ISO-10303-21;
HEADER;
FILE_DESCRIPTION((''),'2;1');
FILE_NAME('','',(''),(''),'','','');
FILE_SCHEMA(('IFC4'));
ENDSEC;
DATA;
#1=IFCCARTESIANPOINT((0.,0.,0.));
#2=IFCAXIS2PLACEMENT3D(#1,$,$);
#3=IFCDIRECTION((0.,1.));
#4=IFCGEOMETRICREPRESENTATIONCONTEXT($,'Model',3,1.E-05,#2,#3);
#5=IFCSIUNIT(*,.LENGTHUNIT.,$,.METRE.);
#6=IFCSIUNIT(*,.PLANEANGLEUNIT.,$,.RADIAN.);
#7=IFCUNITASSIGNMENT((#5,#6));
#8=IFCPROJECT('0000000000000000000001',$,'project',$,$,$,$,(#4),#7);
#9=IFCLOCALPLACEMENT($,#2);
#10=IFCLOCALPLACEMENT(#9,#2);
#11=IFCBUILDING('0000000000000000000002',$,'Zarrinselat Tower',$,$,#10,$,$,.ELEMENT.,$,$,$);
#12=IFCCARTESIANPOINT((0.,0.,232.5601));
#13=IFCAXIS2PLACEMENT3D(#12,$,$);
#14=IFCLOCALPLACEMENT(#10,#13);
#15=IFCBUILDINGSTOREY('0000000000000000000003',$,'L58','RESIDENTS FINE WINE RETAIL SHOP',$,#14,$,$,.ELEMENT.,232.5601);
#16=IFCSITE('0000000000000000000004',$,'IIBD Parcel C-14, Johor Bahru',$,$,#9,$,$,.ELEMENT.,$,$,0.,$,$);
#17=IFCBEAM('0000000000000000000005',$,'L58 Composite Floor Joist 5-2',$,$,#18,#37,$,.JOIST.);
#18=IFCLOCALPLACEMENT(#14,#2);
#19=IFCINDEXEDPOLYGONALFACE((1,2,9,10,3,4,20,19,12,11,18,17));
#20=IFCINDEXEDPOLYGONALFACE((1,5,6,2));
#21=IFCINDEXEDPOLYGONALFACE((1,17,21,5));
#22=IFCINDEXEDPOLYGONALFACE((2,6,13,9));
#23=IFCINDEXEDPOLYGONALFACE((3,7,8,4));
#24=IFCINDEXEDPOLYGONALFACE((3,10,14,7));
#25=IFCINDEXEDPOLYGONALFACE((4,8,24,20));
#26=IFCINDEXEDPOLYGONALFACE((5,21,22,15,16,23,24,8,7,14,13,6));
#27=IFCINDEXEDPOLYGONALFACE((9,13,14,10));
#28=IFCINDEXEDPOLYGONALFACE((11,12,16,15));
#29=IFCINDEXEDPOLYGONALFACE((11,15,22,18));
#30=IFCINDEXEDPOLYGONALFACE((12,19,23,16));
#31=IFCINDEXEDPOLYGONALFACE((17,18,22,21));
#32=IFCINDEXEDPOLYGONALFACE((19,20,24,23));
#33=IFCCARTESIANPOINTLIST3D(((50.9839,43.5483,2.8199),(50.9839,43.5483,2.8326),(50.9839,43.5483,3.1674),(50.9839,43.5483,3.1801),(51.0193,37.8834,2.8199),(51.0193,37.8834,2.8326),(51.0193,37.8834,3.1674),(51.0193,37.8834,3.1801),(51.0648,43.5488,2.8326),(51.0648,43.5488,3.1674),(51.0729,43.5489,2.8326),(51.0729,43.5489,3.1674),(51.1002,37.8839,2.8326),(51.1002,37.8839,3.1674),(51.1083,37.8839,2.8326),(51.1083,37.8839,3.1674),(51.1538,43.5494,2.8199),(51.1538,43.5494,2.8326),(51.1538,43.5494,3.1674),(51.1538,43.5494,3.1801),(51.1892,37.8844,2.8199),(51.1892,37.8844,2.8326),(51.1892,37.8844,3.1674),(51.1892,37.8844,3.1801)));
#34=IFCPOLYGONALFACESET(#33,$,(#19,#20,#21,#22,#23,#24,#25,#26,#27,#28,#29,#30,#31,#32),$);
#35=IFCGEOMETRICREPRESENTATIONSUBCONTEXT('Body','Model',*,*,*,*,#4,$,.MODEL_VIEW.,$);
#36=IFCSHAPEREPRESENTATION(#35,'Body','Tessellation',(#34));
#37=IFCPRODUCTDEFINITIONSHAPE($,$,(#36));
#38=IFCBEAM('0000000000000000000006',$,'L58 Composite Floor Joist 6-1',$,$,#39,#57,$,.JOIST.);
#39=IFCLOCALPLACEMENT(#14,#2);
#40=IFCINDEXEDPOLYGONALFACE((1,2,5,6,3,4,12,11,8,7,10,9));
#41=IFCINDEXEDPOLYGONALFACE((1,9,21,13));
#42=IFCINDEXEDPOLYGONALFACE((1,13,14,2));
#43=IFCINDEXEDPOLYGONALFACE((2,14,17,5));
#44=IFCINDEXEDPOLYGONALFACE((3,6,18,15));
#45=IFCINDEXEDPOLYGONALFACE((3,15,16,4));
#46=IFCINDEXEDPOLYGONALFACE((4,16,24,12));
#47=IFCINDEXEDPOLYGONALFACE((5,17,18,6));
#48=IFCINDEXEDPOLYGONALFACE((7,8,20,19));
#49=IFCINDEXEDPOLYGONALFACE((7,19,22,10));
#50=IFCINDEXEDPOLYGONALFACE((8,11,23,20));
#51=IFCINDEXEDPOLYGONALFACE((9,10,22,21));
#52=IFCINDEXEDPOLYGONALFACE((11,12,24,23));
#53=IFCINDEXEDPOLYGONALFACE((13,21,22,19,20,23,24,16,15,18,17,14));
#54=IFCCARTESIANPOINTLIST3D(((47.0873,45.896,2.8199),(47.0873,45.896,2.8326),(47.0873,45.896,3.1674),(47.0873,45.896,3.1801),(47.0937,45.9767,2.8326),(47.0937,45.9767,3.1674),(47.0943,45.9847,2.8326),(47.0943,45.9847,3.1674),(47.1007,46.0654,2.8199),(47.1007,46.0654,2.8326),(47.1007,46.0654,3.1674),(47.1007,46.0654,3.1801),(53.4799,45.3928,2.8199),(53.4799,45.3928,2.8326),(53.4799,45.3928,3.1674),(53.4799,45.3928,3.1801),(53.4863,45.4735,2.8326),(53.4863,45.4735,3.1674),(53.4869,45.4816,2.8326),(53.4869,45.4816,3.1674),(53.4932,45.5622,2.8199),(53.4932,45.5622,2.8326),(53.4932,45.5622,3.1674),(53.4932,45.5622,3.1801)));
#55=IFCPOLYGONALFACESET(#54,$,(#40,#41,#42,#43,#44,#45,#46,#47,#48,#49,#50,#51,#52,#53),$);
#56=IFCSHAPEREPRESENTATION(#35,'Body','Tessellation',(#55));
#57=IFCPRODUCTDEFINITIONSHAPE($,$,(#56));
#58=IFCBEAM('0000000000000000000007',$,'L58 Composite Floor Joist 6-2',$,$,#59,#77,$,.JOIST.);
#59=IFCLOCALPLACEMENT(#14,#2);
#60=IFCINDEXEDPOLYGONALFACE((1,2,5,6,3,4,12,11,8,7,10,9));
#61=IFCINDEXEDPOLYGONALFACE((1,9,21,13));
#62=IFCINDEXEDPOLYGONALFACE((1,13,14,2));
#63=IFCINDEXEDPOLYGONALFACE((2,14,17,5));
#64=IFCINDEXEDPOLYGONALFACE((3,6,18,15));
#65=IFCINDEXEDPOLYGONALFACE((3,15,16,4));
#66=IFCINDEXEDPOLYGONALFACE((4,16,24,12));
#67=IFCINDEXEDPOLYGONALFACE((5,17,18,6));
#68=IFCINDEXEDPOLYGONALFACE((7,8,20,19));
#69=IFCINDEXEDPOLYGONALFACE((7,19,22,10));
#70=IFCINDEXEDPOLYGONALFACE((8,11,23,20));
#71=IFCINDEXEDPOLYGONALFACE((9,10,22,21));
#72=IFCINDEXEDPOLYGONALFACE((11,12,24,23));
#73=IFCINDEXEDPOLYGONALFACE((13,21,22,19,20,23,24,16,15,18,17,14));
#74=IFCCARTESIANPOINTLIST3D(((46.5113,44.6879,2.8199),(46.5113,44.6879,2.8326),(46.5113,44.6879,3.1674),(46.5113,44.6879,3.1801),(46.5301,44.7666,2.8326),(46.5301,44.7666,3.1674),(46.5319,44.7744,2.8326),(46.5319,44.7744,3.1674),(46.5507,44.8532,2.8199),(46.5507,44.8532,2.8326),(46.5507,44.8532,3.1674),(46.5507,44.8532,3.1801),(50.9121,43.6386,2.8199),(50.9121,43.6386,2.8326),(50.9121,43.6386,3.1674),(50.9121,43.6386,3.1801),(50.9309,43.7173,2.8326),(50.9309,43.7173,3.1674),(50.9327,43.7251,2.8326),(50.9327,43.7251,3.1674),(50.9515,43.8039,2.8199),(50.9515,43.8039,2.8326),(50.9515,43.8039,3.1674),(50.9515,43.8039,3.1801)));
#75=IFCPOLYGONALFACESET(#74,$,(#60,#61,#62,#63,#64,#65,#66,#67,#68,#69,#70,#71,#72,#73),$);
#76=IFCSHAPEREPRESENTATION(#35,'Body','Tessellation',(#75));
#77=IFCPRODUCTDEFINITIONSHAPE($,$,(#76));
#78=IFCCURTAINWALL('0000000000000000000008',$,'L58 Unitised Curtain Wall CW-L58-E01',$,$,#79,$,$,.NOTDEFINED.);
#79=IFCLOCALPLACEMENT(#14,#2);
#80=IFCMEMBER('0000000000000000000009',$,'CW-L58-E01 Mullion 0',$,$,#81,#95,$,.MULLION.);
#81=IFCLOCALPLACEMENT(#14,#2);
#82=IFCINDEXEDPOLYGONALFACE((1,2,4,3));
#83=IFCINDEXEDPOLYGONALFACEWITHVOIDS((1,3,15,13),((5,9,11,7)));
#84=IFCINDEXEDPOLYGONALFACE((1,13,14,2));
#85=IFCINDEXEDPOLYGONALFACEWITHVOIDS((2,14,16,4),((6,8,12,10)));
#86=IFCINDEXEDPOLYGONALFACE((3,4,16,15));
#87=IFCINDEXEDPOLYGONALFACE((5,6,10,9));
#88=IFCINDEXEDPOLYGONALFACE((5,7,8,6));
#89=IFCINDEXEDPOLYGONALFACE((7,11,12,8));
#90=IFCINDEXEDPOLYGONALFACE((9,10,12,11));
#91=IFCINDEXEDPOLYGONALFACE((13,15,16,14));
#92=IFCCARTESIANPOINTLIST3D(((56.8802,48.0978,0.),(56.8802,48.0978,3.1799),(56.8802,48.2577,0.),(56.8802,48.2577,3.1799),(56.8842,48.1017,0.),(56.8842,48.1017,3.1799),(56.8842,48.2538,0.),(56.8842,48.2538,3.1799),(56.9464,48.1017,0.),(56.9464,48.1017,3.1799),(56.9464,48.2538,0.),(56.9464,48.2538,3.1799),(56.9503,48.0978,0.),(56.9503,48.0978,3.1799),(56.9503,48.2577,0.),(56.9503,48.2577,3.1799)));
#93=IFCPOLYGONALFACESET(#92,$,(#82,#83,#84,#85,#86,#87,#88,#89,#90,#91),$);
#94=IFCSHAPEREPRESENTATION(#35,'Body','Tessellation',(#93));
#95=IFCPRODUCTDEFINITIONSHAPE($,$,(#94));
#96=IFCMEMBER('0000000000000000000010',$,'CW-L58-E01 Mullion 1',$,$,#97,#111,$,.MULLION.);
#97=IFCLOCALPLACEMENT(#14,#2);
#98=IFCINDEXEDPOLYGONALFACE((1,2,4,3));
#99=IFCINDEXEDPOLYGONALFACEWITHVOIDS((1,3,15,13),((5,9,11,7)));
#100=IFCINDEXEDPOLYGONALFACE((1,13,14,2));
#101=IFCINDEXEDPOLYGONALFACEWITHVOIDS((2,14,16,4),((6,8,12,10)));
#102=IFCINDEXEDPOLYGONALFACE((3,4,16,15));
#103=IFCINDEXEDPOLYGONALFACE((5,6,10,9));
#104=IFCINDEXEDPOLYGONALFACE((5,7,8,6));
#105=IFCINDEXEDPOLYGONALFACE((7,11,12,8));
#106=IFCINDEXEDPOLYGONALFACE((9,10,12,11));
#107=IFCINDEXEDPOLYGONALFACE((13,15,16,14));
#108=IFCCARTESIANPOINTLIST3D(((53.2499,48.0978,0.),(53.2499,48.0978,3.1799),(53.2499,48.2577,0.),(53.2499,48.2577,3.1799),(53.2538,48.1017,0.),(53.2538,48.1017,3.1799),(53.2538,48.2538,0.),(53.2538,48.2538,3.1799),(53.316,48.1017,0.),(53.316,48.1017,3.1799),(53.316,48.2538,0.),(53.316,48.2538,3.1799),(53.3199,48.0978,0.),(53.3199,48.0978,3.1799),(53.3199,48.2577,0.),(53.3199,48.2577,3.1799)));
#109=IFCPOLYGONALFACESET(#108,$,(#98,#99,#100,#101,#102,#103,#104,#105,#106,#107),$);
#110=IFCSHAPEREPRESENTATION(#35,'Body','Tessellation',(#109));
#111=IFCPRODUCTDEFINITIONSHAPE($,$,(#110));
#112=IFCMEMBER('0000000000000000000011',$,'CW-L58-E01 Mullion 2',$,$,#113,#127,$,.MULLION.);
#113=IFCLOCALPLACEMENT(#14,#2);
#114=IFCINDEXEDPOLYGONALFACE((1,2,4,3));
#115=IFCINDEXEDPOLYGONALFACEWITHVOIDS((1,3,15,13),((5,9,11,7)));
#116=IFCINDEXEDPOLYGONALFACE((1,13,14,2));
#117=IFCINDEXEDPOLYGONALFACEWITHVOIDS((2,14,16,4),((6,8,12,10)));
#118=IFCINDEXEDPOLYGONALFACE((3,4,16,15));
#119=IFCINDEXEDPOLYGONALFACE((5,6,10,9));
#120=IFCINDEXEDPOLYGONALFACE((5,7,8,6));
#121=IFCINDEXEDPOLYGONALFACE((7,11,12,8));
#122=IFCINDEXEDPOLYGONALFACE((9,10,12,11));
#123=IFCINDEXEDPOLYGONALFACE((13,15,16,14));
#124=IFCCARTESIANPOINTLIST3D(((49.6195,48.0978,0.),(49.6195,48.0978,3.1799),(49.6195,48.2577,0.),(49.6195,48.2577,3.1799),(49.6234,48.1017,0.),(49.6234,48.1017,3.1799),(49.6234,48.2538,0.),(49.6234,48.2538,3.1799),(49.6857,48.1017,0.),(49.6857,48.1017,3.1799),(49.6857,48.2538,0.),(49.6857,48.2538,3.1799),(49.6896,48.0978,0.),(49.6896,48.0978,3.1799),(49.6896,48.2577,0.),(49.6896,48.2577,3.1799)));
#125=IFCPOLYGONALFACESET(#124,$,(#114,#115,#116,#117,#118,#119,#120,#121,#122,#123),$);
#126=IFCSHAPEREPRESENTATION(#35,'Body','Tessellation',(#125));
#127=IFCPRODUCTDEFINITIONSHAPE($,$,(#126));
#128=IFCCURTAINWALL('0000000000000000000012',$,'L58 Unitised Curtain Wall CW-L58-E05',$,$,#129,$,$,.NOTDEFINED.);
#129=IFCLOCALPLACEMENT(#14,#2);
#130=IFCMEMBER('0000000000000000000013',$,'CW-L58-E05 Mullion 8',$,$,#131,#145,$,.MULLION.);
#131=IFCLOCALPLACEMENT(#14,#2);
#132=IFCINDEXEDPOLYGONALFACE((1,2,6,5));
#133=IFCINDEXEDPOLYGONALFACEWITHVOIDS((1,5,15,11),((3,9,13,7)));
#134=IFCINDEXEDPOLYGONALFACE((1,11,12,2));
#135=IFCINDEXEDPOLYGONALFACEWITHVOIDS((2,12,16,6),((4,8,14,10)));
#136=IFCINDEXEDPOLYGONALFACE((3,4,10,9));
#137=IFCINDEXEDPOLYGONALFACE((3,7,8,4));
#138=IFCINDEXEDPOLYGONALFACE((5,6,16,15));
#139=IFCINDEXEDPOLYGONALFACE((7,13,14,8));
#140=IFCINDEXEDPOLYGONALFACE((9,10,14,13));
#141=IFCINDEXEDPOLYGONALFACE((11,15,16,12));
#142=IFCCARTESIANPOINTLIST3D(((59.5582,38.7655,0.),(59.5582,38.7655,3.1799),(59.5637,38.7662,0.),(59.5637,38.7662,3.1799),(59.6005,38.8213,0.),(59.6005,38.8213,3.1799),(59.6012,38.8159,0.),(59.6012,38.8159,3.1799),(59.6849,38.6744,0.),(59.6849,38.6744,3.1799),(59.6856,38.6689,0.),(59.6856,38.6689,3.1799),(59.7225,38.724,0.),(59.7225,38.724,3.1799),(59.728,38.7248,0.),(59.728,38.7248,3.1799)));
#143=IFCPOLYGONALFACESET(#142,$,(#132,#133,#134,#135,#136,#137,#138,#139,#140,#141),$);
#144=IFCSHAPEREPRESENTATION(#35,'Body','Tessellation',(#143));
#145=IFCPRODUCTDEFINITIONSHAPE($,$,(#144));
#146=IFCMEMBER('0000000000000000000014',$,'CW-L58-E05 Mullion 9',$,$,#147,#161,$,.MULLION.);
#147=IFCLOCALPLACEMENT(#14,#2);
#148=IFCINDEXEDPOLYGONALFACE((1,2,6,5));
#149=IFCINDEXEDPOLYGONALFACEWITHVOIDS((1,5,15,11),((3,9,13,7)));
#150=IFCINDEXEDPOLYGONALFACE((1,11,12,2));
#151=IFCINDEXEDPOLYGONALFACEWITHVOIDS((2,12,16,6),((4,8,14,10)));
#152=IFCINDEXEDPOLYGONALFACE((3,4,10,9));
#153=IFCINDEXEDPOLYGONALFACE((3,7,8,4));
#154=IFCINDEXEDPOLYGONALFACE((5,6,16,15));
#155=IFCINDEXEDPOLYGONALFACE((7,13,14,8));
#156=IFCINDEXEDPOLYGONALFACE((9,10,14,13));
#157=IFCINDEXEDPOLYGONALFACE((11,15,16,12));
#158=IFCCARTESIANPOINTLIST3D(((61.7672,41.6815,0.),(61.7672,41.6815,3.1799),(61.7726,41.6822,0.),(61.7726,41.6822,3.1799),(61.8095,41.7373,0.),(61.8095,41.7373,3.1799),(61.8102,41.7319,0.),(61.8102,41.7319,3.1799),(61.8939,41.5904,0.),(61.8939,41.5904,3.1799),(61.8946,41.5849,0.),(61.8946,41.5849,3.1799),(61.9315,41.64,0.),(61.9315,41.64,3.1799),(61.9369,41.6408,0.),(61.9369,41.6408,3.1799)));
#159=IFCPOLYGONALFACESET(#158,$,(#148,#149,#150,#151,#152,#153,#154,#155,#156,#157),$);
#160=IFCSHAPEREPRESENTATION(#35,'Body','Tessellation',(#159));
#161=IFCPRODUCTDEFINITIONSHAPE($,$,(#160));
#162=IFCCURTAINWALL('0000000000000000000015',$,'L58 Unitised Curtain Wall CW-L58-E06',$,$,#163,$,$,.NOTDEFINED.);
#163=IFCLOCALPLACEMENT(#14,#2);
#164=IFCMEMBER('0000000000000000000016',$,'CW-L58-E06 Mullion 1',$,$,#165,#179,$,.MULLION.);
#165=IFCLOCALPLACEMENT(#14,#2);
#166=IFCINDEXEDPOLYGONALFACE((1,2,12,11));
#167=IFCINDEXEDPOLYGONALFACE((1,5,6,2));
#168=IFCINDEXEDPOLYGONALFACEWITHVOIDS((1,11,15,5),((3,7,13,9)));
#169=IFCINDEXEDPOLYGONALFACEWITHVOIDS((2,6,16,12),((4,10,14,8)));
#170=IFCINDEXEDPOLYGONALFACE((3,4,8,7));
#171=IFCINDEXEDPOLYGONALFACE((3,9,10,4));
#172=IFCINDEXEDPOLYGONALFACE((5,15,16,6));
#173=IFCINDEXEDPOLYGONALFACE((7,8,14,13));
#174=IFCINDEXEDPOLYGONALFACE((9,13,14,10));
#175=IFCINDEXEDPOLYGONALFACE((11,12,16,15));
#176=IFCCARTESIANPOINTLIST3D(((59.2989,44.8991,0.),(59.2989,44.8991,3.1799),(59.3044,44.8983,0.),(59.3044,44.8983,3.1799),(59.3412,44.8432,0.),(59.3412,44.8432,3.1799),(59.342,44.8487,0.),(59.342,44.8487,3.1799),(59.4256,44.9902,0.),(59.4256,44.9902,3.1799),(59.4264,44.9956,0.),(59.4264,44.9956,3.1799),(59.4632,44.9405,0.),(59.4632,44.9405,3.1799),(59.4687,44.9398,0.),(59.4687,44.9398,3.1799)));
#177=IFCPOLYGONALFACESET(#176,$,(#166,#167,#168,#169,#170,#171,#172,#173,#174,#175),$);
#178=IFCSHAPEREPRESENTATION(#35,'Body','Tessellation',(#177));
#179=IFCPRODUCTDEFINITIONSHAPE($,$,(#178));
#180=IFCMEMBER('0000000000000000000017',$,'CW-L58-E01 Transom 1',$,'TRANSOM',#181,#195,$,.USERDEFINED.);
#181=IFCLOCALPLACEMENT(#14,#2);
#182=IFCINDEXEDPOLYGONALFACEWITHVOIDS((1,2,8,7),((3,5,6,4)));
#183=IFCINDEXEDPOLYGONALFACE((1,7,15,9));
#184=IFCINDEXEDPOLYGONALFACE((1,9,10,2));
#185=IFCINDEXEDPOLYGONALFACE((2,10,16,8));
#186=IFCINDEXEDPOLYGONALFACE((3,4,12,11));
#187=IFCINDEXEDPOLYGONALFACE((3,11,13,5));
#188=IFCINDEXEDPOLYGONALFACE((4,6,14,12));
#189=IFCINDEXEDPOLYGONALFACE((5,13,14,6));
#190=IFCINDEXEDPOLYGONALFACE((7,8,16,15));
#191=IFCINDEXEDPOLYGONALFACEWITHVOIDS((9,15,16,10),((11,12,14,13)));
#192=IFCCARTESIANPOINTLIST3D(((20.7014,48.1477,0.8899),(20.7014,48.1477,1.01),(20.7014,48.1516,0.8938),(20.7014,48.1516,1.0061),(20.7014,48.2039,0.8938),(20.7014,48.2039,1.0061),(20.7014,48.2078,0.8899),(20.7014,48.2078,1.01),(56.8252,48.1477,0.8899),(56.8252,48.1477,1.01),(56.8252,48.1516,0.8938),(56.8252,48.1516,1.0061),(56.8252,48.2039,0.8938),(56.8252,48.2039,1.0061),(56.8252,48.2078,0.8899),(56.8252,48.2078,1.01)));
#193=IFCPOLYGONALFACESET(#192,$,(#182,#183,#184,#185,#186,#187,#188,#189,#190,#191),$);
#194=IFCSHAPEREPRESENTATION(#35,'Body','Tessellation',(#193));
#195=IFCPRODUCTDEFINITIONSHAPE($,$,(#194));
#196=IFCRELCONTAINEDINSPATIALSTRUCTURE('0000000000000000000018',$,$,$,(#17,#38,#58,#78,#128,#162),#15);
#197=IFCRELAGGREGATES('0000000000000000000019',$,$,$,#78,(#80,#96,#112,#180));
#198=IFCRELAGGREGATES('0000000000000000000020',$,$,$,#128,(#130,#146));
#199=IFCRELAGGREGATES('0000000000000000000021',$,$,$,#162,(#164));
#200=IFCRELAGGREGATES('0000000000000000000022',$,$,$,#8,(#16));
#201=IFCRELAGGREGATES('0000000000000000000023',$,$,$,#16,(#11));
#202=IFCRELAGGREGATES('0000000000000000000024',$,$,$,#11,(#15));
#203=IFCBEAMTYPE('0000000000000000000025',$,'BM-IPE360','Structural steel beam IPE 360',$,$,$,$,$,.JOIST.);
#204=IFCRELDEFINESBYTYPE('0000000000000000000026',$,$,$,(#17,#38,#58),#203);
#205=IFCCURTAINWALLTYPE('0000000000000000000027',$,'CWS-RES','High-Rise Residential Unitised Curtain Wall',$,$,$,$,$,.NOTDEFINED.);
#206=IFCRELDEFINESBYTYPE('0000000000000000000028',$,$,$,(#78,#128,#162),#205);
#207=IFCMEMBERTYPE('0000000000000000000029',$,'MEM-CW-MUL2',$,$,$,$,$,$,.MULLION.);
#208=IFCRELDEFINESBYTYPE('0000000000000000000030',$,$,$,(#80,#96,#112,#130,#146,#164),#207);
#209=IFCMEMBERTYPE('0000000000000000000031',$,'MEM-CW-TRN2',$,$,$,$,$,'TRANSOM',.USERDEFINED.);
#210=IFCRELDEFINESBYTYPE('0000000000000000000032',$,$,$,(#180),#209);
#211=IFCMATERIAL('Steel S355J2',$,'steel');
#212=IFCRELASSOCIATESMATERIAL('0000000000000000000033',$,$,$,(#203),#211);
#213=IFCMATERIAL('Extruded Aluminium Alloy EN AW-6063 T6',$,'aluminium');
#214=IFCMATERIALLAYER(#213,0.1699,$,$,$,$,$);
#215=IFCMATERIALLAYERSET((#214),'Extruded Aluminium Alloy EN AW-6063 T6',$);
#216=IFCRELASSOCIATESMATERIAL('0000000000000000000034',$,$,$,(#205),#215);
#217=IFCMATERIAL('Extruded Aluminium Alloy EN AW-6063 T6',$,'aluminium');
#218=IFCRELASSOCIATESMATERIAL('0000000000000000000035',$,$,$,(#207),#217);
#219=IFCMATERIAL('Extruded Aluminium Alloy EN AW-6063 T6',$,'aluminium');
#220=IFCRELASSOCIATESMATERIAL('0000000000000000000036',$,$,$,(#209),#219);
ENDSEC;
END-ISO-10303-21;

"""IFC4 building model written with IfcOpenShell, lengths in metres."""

from ifc_helpers import new_model, si_unit, direction, frame, origin, origin_2d, place, context, subcontext, project, spatial, hollow_rectangle, i_section, extrude, material, layer, layer_set, material_profile, profile_set, type_object, element, aggregate, save


model = new_model("IFC4")

# Units and contexts
model_context = context("Model", 3, precision=1e-05, world=origin(), true_north=direction((0.0, 1.0)))
body_context = subcontext(model_context, "Body", "Model", "MODEL_VIEW")
ifc_project = project(units=[si_unit("LENGTHUNIT", "METRE"), si_unit("PLANEANGLEUNIT", "RADIAN")], contexts=[model_context])

# Site, building, storey
site_placement = place(None, origin())
site = spatial("IfcSite", under=ifc_project, at=site_placement, Name="IIBD Parcel C-14, Johor Bahru", CompositionType="ELEMENT", RefElevation=0.0)
building_placement = place(site_placement, origin())
building = spatial("IfcBuilding", under=site, at=building_placement, Name="Zarrinselat Tower", CompositionType="ELEMENT")
storey_placement = place(building_placement, frame((0.0, 0.0, 232.5601)))
storey = spatial("IfcBuildingStorey", under=building, at=storey_placement, Name="L58", Description="RESIDENTS FINE WINE RETAIL SHOP", CompositionType="ELEMENT", Elevation=232.5601)

# Beams
ifc_material_1 = material(Name="Steel S355J2", Category="steel")
ifc_material_profile_1 = material_profile(ifc_material_1, i_section(OverallWidth=0.1699, OverallDepth=0.3601, WebThickness=0.0081, FlangeThickness=0.0127, at=origin_2d()), Name="IPE 360")
ifc_profile_set_1 = profile_set([ifc_material_profile_1], Name="Steel S355J2")
beam_type_1 = type_object("IfcBeamType", Name="BM-IPE360", Description="Structural steel beam IPE 360", PredefinedType="JOIST", material=ifc_profile_set_1)
beam_1_placement = place(storey_placement, frame((51.0688, 43.5488, 3.0), z_axis=(0.006249, -0.99998, 0.0), x_axis=(0.99998, 0.006249, 0.0)))
element("IfcBeam", 1, at=beam_1_placement, inside=storey, type_object=beam_type_1, Name="L58 Composite Floor Joist 5-2", PredefinedType="JOIST", context=body_context, shape_type="SweptSolid", body=[
    extrude(i_section(OverallWidth=0.1699, OverallDepth=0.3601, WebThickness=0.0081, FlangeThickness=0.0127, at=origin_2d()), origin(), (0.0, 0.0, 1.0), 5.665),
])
beam_2_placement = place(storey_placement, frame((47.094, 45.9807, 3.0), z_axis=(0.996917, -0.078469, 0.0), x_axis=(0.078469, 0.996917, 0.0)))
element("IfcBeam", 2, at=beam_2_placement, inside=storey, type_object=beam_type_1, Name="L58 Composite Floor Joist 6-1", PredefinedType="JOIST", context=body_context, shape_type="SweptSolid", body=[
    extrude(i_section(OverallWidth=0.1699, OverallDepth=0.3601, WebThickness=0.0081, FlangeThickness=0.0127, at=origin_2d()), origin(), (0.0, 0.0, 1.0), 6.4124),
])
beam_3_placement = place(storey_placement, frame((46.531, 44.7705, 3.0), z_axis=(0.972732, -0.231932, 0.0), x_axis=(0.231932, 0.972732, 0.0)))
element("IfcBeam", 3, at=beam_3_placement, inside=storey, type_object=beam_type_1, Name="L58 Composite Floor Joist 6-2", PredefinedType="JOIST", context=body_context, shape_type="SweptSolid", body=[
    extrude(i_section(OverallWidth=0.1699, OverallDepth=0.3601, WebThickness=0.0081, FlangeThickness=0.0127, at=origin_2d()), origin(), (0.0, 0.0, 1.0), 4.5242),
])

# Curtain walls, members
ifc_material_2 = material(Name="Extruded Aluminium Alloy EN AW-6063 T6", Category="aluminium")
ifc_layer_1 = layer(ifc_material_2, 0.1699)
ifc_layer_set_1 = layer_set([ifc_layer_1], Name="Extruded Aluminium Alloy EN AW-6063 T6")
curtain_wall_type = type_object("IfcCurtainWallType", Name="CWS-RES", Description="High-Rise Residential Unitised Curtain Wall", PredefinedType="NOTDEFINED", material=ifc_layer_set_1)
curtain_wall_1_placement = place(storey_placement, origin())
curtain_wall_1 = element("IfcCurtainWall", 4, at=curtain_wall_1_placement, inside=storey, type_object=curtain_wall_type, Name="L58 Unitised Curtain Wall CW-L58-E01", PredefinedType="NOTDEFINED")
ifc_material_3 = material(Name="Extruded Aluminium Alloy EN AW-6063 T6", Category="aluminium")
ifc_material_profile_2 = material_profile(ifc_material_3, hollow_rectangle(XDim=0.0701, YDim=0.1599, WallThickness=0.0039, at=origin_2d()), Name="RHS 160x70x4")
ifc_profile_set_2 = profile_set([ifc_material_profile_2], Name="Extruded Aluminium Alloy EN AW-6063 T6")
member_type_1 = type_object("IfcMemberType", Name="MEM-CW-MUL2", PredefinedType="MULLION", material=ifc_profile_set_2)
member_1_placement = place(storey_placement, frame((56.9153, 48.1777, 0.0), z_axis=(0.0, 0.0, 1.0), x_axis=(-1.0, 0.0, 0.0)))
member_1 = element("IfcMember", 5, at=member_1_placement, type_object=member_type_1, Name="CW-L58-E01 Mullion 0", PredefinedType="MULLION", context=body_context, shape_type="SweptSolid", body=[
    extrude(hollow_rectangle(XDim=0.0701, YDim=0.1599, WallThickness=0.0039, at=origin_2d()), origin(), (0.0, 0.0, 1.0), 3.1799),
])
member_2_placement = place(storey_placement, frame((53.2849, 48.1777, 0.0), z_axis=(0.0, 0.0, 1.0), x_axis=(-1.0, 0.0, 0.0)))
member_2 = element("IfcMember", 6, at=member_2_placement, type_object=member_type_1, Name="CW-L58-E01 Mullion 1", PredefinedType="MULLION", context=body_context, shape_type="SweptSolid", body=[
    extrude(hollow_rectangle(XDim=0.0701, YDim=0.1599, WallThickness=0.0039, at=origin_2d()), origin(), (0.0, 0.0, 1.0), 3.1799),
])
member_3_placement = place(storey_placement, frame((49.6545, 48.1777, 0.0), z_axis=(0.0, 0.0, 1.0), x_axis=(-1.0, 0.0, 0.0)))
member_3 = element("IfcMember", 7, at=member_3_placement, type_object=member_type_1, Name="CW-L58-E01 Mullion 2", PredefinedType="MULLION", context=body_context, shape_type="SweptSolid", body=[
    extrude(hollow_rectangle(XDim=0.0701, YDim=0.1599, WallThickness=0.0039, at=origin_2d()), origin(), (0.0, 0.0, 1.0), 3.1799),
])
curtain_wall_2_placement = place(storey_placement, origin())
curtain_wall_2 = element("IfcCurtainWall", 8, at=curtain_wall_2_placement, inside=storey, type_object=curtain_wall_type, Name="L58 Unitised Curtain Wall CW-L58-E05", PredefinedType="NOTDEFINED")
member_4_placement = place(storey_placement, frame((59.6431, 38.7451, 0.0), z_axis=(0.0, 0.0, 1.0), x_axis=(0.603859, 0.797091, 0.0)))
member_4 = element("IfcMember", 9, at=member_4_placement, type_object=member_type_1, Name="CW-L58-E05 Mullion 8", PredefinedType="MULLION", context=body_context, shape_type="SweptSolid", body=[
    extrude(hollow_rectangle(XDim=0.0701, YDim=0.1599, WallThickness=0.0039, at=origin_2d()), origin(), (0.0, 0.0, 1.0), 3.1799),
])
member_5_placement = place(storey_placement, frame((61.8521, 41.6611, 0.0), z_axis=(0.0, 0.0, 1.0), x_axis=(0.603859, 0.797091, 0.0)))
member_5 = element("IfcMember", 10, at=member_5_placement, type_object=member_type_1, Name="CW-L58-E05 Mullion 9", PredefinedType="MULLION", context=body_context, shape_type="SweptSolid", body=[
    extrude(hollow_rectangle(XDim=0.0701, YDim=0.1599, WallThickness=0.0039, at=origin_2d()), origin(), (0.0, 0.0, 1.0), 3.1799),
])

# Curtain wall, member
curtain_wall_3_placement = place(storey_placement, origin())
curtain_wall_3 = element("IfcCurtainWall", 11, at=curtain_wall_3_placement, inside=storey, type_object=curtain_wall_type, Name="L58 Unitised Curtain Wall CW-L58-E06", PredefinedType="NOTDEFINED")
member_6_placement = place(storey_placement, frame((59.3838, 44.9194, 0.0), z_axis=(0.0, 0.0, 1.0), x_axis=(-0.603858, 0.797092, 0.0)))
member_6 = element("IfcMember", 12, at=member_6_placement, type_object=member_type_1, Name="CW-L58-E06 Mullion 1", PredefinedType="MULLION", context=body_context, shape_type="SweptSolid", body=[
    extrude(hollow_rectangle(XDim=0.0701, YDim=0.1599, WallThickness=0.0039, at=origin_2d()), origin(), (0.0, 0.0, 1.0), 3.1799),
])

# Member
ifc_material_4 = material(Name="Extruded Aluminium Alloy EN AW-6063 T6", Category="aluminium")
ifc_material_profile_3 = material_profile(ifc_material_4, hollow_rectangle(XDim=0.0601, YDim=0.1201, WallThickness=0.0039, at=origin_2d()), Name="RHS 120x60x4")
ifc_profile_set_3 = profile_set([ifc_material_profile_3], Name="Extruded Aluminium Alloy EN AW-6063 T6")
member_type_2 = type_object("IfcMemberType", Name="MEM-CW-TRN2", ElementType="TRANSOM", PredefinedType="USERDEFINED", material=ifc_profile_set_3)
member_7_placement = place(storey_placement, frame((56.8252, 48.1777, 0.95), z_axis=(-1.0, 0.0, 0.0), x_axis=(0.0, -1.0, 0.0)))
member_7 = element("IfcMember", 13, at=member_7_placement, type_object=member_type_2, Name="CW-L58-E01 Transom 1", ObjectType="TRANSOM", PredefinedType="USERDEFINED", context=body_context, shape_type="SweptSolid", body=[
    extrude(hollow_rectangle(XDim=0.0601, YDim=0.1201, WallThickness=0.0039, at=origin_2d()), origin(), (0.0, 0.0, 1.0), 36.1238),
])

aggregate(curtain_wall_1, [member_1, member_2, member_3, member_7])
aggregate(curtain_wall_2, [member_4, member_5])
aggregate(curtain_wall_3, [member_6])

save(model, "model.ifc")
